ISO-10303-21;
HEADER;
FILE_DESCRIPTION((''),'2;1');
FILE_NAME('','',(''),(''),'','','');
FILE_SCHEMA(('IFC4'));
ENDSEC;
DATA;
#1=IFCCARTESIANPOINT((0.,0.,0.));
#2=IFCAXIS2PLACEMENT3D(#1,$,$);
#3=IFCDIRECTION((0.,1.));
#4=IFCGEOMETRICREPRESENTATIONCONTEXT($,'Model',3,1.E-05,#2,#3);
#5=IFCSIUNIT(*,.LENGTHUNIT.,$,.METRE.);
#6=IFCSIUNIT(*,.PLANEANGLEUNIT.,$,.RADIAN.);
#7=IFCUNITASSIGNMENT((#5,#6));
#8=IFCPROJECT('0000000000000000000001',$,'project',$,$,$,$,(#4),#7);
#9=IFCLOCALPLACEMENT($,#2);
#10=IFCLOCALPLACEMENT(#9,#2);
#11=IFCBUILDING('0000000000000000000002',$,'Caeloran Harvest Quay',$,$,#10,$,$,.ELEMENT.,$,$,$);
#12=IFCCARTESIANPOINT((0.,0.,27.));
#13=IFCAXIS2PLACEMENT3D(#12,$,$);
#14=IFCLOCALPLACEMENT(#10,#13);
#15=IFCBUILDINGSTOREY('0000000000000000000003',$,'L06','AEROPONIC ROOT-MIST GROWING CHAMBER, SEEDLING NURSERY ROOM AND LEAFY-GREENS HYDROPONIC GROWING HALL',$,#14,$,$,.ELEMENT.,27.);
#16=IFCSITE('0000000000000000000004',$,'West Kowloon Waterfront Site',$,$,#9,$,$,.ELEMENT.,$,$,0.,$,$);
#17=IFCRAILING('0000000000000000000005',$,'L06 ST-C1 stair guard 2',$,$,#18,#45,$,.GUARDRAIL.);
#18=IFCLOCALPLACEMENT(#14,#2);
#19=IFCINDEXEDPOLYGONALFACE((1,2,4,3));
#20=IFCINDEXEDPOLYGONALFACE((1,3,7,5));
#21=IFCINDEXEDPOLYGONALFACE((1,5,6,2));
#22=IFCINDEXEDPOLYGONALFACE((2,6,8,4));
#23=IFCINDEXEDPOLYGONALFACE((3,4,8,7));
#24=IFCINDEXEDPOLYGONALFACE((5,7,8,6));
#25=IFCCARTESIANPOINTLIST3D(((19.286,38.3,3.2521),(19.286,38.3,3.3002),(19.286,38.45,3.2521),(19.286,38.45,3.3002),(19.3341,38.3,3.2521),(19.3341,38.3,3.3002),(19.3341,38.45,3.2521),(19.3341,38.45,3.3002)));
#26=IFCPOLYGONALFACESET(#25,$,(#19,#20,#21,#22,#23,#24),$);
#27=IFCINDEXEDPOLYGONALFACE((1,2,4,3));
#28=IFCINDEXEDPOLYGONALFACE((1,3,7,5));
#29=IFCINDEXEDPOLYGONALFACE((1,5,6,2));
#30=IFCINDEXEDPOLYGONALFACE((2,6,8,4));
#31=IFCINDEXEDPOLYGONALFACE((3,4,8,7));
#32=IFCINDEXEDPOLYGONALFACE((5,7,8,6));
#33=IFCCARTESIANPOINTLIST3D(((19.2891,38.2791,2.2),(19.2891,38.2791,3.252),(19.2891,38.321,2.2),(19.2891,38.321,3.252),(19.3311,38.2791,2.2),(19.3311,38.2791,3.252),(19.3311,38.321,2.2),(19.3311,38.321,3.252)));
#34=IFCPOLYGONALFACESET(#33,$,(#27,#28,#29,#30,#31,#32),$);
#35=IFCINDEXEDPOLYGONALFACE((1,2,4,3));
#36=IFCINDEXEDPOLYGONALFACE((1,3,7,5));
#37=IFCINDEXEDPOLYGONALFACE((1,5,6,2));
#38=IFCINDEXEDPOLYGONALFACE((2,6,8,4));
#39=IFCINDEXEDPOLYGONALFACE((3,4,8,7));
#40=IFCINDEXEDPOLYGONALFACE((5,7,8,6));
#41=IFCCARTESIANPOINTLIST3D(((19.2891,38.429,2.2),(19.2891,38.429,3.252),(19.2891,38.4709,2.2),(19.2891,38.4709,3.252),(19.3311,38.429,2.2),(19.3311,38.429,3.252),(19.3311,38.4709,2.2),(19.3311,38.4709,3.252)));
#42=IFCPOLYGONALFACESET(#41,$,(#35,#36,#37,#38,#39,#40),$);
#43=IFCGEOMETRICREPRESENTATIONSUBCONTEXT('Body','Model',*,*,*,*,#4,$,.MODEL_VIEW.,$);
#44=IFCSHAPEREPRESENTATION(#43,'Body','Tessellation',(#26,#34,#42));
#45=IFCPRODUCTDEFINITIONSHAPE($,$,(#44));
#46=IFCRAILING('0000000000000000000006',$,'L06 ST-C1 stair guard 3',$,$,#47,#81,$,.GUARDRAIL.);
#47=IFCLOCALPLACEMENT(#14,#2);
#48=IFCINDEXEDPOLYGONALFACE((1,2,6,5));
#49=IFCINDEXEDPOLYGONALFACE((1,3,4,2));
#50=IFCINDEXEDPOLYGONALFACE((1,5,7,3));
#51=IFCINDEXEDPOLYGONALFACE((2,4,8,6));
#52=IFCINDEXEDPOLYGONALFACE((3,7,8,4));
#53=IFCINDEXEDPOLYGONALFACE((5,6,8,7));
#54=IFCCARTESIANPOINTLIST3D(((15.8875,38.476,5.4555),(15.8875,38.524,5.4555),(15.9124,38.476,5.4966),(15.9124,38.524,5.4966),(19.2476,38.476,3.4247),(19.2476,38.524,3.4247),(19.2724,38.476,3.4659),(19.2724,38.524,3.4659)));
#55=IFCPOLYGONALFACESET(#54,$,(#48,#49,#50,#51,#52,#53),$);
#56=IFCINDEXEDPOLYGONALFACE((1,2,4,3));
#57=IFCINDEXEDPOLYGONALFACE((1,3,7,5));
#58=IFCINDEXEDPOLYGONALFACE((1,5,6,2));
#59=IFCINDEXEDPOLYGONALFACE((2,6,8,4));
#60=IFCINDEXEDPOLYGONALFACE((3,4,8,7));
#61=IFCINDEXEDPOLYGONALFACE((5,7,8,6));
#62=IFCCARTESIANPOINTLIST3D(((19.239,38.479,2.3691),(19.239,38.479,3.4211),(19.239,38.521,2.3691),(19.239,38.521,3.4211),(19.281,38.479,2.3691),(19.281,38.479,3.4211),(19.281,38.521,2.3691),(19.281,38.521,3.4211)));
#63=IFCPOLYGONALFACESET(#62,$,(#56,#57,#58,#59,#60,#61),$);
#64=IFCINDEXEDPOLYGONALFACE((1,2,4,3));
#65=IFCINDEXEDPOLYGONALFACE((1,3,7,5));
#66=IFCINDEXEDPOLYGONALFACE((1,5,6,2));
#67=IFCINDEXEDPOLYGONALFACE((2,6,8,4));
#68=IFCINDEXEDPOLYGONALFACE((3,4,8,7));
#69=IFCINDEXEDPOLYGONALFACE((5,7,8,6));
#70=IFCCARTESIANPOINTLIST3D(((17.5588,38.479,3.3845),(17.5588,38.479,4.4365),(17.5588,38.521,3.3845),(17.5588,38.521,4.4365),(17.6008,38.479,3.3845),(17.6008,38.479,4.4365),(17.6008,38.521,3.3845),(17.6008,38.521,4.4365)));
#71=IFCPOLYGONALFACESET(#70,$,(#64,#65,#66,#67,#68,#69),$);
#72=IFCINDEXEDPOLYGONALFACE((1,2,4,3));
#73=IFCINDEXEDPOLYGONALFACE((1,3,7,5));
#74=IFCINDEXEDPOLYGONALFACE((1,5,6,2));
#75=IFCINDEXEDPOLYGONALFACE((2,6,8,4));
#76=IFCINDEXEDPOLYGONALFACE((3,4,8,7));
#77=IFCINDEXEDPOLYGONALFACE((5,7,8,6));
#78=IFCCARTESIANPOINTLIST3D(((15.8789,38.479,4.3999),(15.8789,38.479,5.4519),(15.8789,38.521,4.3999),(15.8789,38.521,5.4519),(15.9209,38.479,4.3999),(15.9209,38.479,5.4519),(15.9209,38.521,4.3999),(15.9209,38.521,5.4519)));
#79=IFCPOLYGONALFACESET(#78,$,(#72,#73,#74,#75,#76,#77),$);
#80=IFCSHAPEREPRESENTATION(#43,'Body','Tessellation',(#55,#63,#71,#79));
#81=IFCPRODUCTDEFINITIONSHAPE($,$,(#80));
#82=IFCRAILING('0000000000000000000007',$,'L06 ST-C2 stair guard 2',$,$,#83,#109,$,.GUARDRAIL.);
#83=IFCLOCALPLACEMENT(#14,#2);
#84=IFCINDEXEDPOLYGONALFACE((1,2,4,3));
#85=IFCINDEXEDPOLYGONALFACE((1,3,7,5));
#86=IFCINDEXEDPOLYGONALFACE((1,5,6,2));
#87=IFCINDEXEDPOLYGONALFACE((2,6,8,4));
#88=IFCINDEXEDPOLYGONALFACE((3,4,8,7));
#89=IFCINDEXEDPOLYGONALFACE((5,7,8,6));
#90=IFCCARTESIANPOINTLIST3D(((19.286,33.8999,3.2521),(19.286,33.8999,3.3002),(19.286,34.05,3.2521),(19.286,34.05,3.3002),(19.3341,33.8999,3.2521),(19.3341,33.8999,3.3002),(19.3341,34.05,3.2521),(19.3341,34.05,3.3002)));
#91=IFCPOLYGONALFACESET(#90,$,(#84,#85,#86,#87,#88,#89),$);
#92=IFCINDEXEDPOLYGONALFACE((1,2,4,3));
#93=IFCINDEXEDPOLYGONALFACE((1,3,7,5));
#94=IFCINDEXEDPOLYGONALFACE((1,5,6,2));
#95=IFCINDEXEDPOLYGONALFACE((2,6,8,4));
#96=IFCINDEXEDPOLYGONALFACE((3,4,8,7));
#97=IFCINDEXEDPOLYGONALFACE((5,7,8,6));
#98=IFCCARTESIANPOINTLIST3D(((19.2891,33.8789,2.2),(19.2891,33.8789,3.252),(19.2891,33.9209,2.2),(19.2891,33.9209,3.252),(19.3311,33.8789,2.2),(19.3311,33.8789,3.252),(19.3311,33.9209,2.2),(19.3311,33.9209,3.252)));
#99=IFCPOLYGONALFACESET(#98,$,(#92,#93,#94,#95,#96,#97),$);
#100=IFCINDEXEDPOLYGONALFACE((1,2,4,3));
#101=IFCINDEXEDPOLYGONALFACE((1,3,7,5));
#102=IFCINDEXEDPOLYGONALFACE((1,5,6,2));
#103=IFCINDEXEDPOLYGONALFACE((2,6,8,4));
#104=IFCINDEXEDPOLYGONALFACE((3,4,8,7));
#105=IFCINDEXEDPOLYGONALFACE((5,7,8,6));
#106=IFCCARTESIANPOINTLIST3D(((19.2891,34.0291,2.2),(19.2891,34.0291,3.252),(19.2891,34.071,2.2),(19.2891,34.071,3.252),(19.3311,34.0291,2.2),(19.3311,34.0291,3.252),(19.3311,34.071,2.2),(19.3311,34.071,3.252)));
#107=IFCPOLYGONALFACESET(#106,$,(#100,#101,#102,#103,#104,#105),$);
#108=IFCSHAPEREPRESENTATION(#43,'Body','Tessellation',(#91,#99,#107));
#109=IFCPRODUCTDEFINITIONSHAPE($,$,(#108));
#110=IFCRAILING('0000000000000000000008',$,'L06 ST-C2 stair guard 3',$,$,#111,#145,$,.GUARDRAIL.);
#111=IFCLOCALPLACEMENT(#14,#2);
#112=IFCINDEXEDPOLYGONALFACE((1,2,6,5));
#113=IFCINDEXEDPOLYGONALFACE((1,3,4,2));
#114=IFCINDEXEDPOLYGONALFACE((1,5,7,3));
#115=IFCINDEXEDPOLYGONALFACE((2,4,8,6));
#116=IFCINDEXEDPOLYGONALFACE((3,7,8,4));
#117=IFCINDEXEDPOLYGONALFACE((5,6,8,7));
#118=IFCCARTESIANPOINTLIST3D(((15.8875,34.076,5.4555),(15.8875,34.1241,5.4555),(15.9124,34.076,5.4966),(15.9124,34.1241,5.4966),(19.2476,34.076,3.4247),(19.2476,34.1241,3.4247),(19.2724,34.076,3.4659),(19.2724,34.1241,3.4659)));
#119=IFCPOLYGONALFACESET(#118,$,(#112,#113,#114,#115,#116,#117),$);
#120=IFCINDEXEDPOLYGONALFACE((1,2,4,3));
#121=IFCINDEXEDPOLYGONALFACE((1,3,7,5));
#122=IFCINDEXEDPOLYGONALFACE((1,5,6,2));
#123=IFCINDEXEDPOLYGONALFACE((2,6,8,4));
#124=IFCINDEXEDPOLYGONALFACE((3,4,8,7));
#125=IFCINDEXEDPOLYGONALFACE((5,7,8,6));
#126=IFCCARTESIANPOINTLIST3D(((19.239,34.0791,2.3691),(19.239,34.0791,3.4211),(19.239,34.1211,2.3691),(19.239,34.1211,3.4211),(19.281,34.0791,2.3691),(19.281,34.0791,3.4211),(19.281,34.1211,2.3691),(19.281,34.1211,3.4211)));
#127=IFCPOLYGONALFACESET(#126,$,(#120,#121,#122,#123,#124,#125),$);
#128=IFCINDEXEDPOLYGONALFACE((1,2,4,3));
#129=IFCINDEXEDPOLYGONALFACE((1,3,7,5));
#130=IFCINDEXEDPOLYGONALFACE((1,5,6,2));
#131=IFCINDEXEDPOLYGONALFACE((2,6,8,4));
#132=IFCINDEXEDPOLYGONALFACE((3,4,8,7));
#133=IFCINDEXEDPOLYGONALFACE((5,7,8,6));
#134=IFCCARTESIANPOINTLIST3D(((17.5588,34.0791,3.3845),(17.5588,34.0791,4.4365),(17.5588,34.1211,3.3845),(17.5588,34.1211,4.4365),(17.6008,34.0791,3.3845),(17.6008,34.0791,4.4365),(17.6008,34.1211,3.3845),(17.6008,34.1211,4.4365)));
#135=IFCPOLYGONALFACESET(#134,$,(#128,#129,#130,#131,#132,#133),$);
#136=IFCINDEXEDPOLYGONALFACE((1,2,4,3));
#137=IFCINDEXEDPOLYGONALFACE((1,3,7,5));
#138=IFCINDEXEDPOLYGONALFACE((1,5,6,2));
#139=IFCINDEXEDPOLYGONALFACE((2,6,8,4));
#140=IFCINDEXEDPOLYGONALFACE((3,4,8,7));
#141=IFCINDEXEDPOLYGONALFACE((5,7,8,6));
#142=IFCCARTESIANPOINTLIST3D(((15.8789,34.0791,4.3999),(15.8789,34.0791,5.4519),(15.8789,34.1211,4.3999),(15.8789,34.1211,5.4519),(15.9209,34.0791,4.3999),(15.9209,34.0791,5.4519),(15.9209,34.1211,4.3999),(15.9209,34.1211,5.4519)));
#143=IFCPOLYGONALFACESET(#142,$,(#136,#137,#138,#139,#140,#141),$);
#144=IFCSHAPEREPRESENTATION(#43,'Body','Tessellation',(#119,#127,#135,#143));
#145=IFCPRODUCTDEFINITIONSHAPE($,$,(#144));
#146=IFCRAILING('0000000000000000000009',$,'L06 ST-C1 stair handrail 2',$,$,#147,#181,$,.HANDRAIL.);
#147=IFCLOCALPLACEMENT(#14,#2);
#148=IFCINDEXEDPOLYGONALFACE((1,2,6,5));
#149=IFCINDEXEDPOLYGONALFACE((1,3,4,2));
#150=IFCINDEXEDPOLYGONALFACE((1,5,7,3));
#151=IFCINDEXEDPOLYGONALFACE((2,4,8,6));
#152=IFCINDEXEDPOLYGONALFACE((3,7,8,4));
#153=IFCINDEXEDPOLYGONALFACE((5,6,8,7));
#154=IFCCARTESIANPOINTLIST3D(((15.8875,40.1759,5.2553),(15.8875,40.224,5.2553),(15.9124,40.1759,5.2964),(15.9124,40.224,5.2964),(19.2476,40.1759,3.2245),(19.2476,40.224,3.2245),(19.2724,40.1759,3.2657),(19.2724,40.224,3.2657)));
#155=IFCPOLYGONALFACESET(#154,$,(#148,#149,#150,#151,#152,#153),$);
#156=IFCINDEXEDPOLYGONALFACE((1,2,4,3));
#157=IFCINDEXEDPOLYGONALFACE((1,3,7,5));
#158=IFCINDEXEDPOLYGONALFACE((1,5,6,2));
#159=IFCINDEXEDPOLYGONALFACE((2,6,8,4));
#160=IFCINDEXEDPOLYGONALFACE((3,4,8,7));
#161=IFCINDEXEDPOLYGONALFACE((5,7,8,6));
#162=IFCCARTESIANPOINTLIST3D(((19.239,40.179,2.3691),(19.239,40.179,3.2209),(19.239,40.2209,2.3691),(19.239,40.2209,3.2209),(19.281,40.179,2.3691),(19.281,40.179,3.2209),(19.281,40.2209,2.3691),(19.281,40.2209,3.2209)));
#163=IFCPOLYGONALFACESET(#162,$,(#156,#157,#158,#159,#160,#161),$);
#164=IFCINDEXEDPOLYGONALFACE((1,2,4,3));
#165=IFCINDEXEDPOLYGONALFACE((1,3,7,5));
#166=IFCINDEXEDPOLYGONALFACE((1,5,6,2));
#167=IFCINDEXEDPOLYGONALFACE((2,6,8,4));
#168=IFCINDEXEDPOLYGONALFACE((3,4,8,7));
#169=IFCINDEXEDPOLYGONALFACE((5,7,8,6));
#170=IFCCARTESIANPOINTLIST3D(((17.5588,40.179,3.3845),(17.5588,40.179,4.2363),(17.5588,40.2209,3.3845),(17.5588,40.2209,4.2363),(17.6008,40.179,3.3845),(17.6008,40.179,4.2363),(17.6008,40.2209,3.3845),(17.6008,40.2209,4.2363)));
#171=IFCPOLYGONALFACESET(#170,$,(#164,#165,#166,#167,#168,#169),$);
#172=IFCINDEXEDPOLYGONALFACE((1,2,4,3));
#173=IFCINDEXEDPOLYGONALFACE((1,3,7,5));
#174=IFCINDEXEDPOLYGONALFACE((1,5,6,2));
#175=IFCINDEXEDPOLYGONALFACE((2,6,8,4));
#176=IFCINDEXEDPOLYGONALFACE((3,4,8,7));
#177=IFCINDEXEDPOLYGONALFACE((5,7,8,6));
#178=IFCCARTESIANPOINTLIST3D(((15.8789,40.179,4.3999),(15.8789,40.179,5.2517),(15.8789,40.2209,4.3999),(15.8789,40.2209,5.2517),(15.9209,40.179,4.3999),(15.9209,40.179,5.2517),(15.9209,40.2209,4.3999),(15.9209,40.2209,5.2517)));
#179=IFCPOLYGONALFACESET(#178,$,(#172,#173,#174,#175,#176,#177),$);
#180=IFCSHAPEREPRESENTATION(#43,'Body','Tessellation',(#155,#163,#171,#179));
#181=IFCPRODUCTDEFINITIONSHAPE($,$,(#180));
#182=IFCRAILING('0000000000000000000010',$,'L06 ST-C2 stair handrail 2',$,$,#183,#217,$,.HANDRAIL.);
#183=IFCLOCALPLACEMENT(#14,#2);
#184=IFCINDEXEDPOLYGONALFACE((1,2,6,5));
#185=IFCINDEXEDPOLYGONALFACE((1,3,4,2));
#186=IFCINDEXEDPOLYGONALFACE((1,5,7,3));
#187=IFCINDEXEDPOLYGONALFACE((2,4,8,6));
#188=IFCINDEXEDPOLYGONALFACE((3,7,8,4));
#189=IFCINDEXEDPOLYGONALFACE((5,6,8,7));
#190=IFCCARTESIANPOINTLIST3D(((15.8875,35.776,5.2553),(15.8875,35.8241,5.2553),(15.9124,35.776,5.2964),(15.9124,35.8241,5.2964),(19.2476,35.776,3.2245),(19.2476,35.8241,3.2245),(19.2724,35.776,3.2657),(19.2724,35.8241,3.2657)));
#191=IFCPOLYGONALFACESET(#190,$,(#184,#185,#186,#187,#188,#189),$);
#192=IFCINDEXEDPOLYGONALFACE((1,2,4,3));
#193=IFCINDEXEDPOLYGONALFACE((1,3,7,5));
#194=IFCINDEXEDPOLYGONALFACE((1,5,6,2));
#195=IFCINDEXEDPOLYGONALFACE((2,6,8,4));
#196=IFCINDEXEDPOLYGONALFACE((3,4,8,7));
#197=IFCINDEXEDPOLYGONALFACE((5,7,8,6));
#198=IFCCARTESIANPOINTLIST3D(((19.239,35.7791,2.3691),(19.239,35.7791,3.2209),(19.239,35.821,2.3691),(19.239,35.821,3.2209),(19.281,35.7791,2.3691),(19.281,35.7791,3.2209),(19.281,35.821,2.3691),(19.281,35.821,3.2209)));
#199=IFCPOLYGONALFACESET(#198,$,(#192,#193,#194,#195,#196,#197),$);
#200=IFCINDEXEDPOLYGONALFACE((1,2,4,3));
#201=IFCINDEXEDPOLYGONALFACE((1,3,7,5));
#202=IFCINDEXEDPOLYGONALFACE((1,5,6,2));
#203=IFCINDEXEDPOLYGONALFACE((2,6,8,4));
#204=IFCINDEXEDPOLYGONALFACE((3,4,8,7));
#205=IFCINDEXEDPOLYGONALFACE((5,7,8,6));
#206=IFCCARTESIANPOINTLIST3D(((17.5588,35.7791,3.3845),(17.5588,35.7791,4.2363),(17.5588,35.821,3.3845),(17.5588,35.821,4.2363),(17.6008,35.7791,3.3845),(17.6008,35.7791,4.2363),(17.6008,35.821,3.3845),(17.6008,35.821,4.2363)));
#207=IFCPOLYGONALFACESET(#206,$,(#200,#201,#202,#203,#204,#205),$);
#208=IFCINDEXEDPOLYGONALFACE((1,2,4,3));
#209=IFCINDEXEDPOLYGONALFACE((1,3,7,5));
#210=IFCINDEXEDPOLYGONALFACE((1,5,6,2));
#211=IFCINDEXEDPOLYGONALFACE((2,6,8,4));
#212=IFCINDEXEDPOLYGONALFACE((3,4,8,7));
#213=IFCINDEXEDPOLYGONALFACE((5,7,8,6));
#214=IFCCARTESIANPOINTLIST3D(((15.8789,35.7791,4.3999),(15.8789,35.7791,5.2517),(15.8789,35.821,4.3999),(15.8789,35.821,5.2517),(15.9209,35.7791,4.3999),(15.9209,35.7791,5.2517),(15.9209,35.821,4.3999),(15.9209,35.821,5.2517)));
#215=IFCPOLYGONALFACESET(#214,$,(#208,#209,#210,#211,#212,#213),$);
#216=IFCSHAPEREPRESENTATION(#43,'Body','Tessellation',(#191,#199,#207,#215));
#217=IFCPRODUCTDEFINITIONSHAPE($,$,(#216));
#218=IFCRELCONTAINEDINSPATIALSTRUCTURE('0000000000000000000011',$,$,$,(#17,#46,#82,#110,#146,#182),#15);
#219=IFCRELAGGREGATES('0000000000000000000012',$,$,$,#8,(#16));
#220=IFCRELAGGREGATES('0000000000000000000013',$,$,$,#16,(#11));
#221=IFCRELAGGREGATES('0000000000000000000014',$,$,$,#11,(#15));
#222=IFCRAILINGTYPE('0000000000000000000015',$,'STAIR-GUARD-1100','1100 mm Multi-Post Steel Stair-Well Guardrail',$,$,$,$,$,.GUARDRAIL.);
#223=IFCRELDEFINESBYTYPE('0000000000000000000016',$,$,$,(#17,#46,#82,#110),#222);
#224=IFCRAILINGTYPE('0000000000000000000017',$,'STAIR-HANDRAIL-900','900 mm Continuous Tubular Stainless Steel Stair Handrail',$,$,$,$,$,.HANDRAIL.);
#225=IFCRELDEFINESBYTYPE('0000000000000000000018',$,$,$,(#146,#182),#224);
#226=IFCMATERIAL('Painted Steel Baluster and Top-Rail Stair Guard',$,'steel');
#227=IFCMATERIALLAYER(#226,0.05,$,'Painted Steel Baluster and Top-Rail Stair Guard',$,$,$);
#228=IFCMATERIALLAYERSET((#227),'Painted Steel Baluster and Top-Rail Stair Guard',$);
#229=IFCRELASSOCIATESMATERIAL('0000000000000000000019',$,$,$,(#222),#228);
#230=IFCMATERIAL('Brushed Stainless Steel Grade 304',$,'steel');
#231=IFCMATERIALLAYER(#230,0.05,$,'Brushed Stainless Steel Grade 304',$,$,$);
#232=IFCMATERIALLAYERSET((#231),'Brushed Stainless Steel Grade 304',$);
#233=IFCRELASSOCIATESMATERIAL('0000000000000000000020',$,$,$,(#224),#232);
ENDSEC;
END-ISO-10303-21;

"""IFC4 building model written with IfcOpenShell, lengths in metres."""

from ifc_helpers import new_model, si_unit, direction, frame, origin, origin_2d, place, context, subcontext, project, spatial, rectangle, extrude, material, layer, layer_set, type_object, element, save


model = new_model("IFC4")

# Units and contexts
model_context = context("Model", 3, precision=1e-05, world=origin(), true_north=direction((0.0, 1.0)))
body_context = subcontext(model_context, "Body", "Model", "MODEL_VIEW")
ifc_project = project(units=[si_unit("LENGTHUNIT", "METRE"), si_unit("PLANEANGLEUNIT", "RADIAN")], contexts=[model_context])

# Site, building, storey
site_placement = place(None, origin())
site = spatial("IfcSite", under=ifc_project, at=site_placement, Name="West Kowloon Waterfront Site", CompositionType="ELEMENT", RefElevation=0.0)
building_placement = place(site_placement, origin())
building = spatial("IfcBuilding", under=site, at=building_placement, Name="Caeloran Harvest Quay", CompositionType="ELEMENT")
storey_placement = place(building_placement, frame((0.0, 0.0, 27.0)))
storey = spatial("IfcBuildingStorey", under=building, at=storey_placement, Name="L06", Description="AEROPONIC ROOT-MIST GROWING CHAMBER, SEEDLING NURSERY ROOM AND LEAFY-GREENS HYDROPONIC GROWING HALL", CompositionType="ELEMENT", Elevation=27.0)

# Railings
ifc_material_1 = material(Name="Painted Steel Baluster and Top-Rail Stair Guard", Category="steel")
ifc_layer_1 = layer(ifc_material_1, 0.05, Name="Painted Steel Baluster and Top-Rail Stair Guard")
ifc_layer_set_1 = layer_set([ifc_layer_1], Name="Painted Steel Baluster and Top-Rail Stair Guard")
railing_type_1 = type_object("IfcRailingType", Name="STAIR-GUARD-1100", Description="1100 mm Multi-Post Steel Stair-Well Guardrail", PredefinedType="GUARDRAIL", material=ifc_layer_set_1)
railing_1_placement = place(storey_placement, frame((19.3101, 38.3, 2.2)))
element("IfcRailing", 1, at=railing_1_placement, inside=storey, type_object=railing_type_1, Name="L06 ST-C1 stair guard 2", PredefinedType="GUARDRAIL", context=body_context, shape_type="SweptSolid", body=[
    extrude(rectangle(XDim=0.0481, YDim=0.0481, at=origin_2d()), frame((0.0, 0.0, 1.0762), z_axis=(0.0, 1.0, 0.0), x_axis=(-1.0, 0.0, 0.0)), (0.0, 0.0, 1.0), 0.1499),
    extrude(rectangle(XDim=0.042, YDim=0.042, at=origin_2d()), origin(), (0.0, 0.0, 1.0), 1.052),
    extrude(rectangle(XDim=0.042, YDim=0.042, at=origin_2d()), frame((0.0, 0.1499, 0.0)), (0.0, 0.0, 1.0), 1.052),
])
railing_2_placement = place(storey_placement, frame((19.26, 38.5, 2.3691)))
element("IfcRailing", 2, at=railing_2_placement, inside=storey, type_object=railing_type_1, Name="L06 ST-C1 stair guard 3", PredefinedType="GUARDRAIL", context=body_context, shape_type="SweptSolid", body=[
    extrude(rectangle(XDim=0.0481, YDim=0.0481, at=origin_2d()), frame((0.0, 0.0, 1.0762), z_axis=(-0.855837, 0.0, 0.517246), x_axis=(0.0, -1.0, 0.0)), (0.0, 0.0, 1.0), 3.926),
    extrude(rectangle(XDim=0.042, YDim=0.042, at=origin_2d()), origin(), (0.0, 0.0, 1.0), 1.052),
    extrude(rectangle(XDim=0.042, YDim=0.042, at=origin_2d()), frame((-1.6802, 0.0, 1.0154)), (0.0, 0.0, 1.0), 1.052),
    extrude(rectangle(XDim=0.042, YDim=0.042, at=origin_2d()), frame((-3.3601, 0.0, 2.0308)), (0.0, 0.0, 1.0), 1.052),
])
railing_3_placement = place(storey_placement, frame((19.3101, 33.8999, 2.2)))
element("IfcRailing", 3, at=railing_3_placement, inside=storey, type_object=railing_type_1, Name="L06 ST-C2 stair guard 2", PredefinedType="GUARDRAIL", context=body_context, shape_type="SweptSolid", body=[
    extrude(rectangle(XDim=0.0481, YDim=0.0481, at=origin_2d()), frame((0.0, 0.0, 1.0762), z_axis=(0.0, 1.0, 0.0), x_axis=(-1.0, 0.0, 0.0)), (0.0, 0.0, 1.0), 0.1501),
    extrude(rectangle(XDim=0.042, YDim=0.042, at=origin_2d()), origin(), (0.0, 0.0, 1.0), 1.052),
    extrude(rectangle(XDim=0.042, YDim=0.042, at=origin_2d()), frame((0.0, 0.1501, 0.0)), (0.0, 0.0, 1.0), 1.052),
])
railing_4_placement = place(storey_placement, frame((19.26, 34.1001, 2.3691)))
element("IfcRailing", 4, at=railing_4_placement, inside=storey, type_object=railing_type_1, Name="L06 ST-C2 stair guard 3", PredefinedType="GUARDRAIL", context=body_context, shape_type="SweptSolid", body=[
    extrude(rectangle(XDim=0.0481, YDim=0.0481, at=origin_2d()), frame((0.0, 0.0, 1.0762), z_axis=(-0.855837, 0.0, 0.517246), x_axis=(0.0, -1.0, 0.0)), (0.0, 0.0, 1.0), 3.926),
    extrude(rectangle(XDim=0.042, YDim=0.042, at=origin_2d()), origin(), (0.0, 0.0, 1.0), 1.052),
    extrude(rectangle(XDim=0.042, YDim=0.042, at=origin_2d()), frame((-1.6802, 0.0, 1.0154)), (0.0, 0.0, 1.0), 1.052),
    extrude(rectangle(XDim=0.042, YDim=0.042, at=origin_2d()), frame((-3.3601, 0.0, 2.0308)), (0.0, 0.0, 1.0), 1.052),
])
ifc_material_2 = material(Name="Brushed Stainless Steel Grade 304", Category="steel")
ifc_layer_2 = layer(ifc_material_2, 0.05, Name="Brushed Stainless Steel Grade 304")
ifc_layer_set_2 = layer_set([ifc_layer_2], Name="Brushed Stainless Steel Grade 304")
railing_type_2 = type_object("IfcRailingType", Name="STAIR-HANDRAIL-900", Description="900 mm Continuous Tubular Stainless Steel Stair Handrail", PredefinedType="HANDRAIL", material=ifc_layer_set_2)
for number, where, name in (
    (5, (19.26, 40.2, 2.3691), "L06 ST-C1 stair handrail 2"),
    (6, (19.26, 35.8, 2.3691), "L06 ST-C2 stair handrail 2"),
):
    element("IfcRailing", number, at=place(storey_placement, frame(where)), inside=storey, type_object=railing_type_2, Name=name, PredefinedType="HANDRAIL", context=body_context, shape_type="SweptSolid", body=[
        extrude(rectangle(XDim=0.0481, YDim=0.0481, at=origin_2d()), frame((0.0, 0.0, 0.876), z_axis=(-0.855837, 0.0, 0.517246), x_axis=(0.0, -1.0, 0.0)), (0.0, 0.0, 1.0), 3.926),
        extrude(rectangle(XDim=0.042, YDim=0.042, at=origin_2d()), origin(), (0.0, 0.0, 1.0), 0.8518),
        extrude(rectangle(XDim=0.042, YDim=0.042, at=origin_2d()), frame((-1.6802, 0.0, 1.0154)), (0.0, 0.0, 1.0), 0.8518),
        extrude(rectangle(XDim=0.042, YDim=0.042, at=origin_2d()), frame((-3.3601, 0.0, 2.0308)), (0.0, 0.0, 1.0), 0.8518),
    ])

save(model, "model.ifc")
